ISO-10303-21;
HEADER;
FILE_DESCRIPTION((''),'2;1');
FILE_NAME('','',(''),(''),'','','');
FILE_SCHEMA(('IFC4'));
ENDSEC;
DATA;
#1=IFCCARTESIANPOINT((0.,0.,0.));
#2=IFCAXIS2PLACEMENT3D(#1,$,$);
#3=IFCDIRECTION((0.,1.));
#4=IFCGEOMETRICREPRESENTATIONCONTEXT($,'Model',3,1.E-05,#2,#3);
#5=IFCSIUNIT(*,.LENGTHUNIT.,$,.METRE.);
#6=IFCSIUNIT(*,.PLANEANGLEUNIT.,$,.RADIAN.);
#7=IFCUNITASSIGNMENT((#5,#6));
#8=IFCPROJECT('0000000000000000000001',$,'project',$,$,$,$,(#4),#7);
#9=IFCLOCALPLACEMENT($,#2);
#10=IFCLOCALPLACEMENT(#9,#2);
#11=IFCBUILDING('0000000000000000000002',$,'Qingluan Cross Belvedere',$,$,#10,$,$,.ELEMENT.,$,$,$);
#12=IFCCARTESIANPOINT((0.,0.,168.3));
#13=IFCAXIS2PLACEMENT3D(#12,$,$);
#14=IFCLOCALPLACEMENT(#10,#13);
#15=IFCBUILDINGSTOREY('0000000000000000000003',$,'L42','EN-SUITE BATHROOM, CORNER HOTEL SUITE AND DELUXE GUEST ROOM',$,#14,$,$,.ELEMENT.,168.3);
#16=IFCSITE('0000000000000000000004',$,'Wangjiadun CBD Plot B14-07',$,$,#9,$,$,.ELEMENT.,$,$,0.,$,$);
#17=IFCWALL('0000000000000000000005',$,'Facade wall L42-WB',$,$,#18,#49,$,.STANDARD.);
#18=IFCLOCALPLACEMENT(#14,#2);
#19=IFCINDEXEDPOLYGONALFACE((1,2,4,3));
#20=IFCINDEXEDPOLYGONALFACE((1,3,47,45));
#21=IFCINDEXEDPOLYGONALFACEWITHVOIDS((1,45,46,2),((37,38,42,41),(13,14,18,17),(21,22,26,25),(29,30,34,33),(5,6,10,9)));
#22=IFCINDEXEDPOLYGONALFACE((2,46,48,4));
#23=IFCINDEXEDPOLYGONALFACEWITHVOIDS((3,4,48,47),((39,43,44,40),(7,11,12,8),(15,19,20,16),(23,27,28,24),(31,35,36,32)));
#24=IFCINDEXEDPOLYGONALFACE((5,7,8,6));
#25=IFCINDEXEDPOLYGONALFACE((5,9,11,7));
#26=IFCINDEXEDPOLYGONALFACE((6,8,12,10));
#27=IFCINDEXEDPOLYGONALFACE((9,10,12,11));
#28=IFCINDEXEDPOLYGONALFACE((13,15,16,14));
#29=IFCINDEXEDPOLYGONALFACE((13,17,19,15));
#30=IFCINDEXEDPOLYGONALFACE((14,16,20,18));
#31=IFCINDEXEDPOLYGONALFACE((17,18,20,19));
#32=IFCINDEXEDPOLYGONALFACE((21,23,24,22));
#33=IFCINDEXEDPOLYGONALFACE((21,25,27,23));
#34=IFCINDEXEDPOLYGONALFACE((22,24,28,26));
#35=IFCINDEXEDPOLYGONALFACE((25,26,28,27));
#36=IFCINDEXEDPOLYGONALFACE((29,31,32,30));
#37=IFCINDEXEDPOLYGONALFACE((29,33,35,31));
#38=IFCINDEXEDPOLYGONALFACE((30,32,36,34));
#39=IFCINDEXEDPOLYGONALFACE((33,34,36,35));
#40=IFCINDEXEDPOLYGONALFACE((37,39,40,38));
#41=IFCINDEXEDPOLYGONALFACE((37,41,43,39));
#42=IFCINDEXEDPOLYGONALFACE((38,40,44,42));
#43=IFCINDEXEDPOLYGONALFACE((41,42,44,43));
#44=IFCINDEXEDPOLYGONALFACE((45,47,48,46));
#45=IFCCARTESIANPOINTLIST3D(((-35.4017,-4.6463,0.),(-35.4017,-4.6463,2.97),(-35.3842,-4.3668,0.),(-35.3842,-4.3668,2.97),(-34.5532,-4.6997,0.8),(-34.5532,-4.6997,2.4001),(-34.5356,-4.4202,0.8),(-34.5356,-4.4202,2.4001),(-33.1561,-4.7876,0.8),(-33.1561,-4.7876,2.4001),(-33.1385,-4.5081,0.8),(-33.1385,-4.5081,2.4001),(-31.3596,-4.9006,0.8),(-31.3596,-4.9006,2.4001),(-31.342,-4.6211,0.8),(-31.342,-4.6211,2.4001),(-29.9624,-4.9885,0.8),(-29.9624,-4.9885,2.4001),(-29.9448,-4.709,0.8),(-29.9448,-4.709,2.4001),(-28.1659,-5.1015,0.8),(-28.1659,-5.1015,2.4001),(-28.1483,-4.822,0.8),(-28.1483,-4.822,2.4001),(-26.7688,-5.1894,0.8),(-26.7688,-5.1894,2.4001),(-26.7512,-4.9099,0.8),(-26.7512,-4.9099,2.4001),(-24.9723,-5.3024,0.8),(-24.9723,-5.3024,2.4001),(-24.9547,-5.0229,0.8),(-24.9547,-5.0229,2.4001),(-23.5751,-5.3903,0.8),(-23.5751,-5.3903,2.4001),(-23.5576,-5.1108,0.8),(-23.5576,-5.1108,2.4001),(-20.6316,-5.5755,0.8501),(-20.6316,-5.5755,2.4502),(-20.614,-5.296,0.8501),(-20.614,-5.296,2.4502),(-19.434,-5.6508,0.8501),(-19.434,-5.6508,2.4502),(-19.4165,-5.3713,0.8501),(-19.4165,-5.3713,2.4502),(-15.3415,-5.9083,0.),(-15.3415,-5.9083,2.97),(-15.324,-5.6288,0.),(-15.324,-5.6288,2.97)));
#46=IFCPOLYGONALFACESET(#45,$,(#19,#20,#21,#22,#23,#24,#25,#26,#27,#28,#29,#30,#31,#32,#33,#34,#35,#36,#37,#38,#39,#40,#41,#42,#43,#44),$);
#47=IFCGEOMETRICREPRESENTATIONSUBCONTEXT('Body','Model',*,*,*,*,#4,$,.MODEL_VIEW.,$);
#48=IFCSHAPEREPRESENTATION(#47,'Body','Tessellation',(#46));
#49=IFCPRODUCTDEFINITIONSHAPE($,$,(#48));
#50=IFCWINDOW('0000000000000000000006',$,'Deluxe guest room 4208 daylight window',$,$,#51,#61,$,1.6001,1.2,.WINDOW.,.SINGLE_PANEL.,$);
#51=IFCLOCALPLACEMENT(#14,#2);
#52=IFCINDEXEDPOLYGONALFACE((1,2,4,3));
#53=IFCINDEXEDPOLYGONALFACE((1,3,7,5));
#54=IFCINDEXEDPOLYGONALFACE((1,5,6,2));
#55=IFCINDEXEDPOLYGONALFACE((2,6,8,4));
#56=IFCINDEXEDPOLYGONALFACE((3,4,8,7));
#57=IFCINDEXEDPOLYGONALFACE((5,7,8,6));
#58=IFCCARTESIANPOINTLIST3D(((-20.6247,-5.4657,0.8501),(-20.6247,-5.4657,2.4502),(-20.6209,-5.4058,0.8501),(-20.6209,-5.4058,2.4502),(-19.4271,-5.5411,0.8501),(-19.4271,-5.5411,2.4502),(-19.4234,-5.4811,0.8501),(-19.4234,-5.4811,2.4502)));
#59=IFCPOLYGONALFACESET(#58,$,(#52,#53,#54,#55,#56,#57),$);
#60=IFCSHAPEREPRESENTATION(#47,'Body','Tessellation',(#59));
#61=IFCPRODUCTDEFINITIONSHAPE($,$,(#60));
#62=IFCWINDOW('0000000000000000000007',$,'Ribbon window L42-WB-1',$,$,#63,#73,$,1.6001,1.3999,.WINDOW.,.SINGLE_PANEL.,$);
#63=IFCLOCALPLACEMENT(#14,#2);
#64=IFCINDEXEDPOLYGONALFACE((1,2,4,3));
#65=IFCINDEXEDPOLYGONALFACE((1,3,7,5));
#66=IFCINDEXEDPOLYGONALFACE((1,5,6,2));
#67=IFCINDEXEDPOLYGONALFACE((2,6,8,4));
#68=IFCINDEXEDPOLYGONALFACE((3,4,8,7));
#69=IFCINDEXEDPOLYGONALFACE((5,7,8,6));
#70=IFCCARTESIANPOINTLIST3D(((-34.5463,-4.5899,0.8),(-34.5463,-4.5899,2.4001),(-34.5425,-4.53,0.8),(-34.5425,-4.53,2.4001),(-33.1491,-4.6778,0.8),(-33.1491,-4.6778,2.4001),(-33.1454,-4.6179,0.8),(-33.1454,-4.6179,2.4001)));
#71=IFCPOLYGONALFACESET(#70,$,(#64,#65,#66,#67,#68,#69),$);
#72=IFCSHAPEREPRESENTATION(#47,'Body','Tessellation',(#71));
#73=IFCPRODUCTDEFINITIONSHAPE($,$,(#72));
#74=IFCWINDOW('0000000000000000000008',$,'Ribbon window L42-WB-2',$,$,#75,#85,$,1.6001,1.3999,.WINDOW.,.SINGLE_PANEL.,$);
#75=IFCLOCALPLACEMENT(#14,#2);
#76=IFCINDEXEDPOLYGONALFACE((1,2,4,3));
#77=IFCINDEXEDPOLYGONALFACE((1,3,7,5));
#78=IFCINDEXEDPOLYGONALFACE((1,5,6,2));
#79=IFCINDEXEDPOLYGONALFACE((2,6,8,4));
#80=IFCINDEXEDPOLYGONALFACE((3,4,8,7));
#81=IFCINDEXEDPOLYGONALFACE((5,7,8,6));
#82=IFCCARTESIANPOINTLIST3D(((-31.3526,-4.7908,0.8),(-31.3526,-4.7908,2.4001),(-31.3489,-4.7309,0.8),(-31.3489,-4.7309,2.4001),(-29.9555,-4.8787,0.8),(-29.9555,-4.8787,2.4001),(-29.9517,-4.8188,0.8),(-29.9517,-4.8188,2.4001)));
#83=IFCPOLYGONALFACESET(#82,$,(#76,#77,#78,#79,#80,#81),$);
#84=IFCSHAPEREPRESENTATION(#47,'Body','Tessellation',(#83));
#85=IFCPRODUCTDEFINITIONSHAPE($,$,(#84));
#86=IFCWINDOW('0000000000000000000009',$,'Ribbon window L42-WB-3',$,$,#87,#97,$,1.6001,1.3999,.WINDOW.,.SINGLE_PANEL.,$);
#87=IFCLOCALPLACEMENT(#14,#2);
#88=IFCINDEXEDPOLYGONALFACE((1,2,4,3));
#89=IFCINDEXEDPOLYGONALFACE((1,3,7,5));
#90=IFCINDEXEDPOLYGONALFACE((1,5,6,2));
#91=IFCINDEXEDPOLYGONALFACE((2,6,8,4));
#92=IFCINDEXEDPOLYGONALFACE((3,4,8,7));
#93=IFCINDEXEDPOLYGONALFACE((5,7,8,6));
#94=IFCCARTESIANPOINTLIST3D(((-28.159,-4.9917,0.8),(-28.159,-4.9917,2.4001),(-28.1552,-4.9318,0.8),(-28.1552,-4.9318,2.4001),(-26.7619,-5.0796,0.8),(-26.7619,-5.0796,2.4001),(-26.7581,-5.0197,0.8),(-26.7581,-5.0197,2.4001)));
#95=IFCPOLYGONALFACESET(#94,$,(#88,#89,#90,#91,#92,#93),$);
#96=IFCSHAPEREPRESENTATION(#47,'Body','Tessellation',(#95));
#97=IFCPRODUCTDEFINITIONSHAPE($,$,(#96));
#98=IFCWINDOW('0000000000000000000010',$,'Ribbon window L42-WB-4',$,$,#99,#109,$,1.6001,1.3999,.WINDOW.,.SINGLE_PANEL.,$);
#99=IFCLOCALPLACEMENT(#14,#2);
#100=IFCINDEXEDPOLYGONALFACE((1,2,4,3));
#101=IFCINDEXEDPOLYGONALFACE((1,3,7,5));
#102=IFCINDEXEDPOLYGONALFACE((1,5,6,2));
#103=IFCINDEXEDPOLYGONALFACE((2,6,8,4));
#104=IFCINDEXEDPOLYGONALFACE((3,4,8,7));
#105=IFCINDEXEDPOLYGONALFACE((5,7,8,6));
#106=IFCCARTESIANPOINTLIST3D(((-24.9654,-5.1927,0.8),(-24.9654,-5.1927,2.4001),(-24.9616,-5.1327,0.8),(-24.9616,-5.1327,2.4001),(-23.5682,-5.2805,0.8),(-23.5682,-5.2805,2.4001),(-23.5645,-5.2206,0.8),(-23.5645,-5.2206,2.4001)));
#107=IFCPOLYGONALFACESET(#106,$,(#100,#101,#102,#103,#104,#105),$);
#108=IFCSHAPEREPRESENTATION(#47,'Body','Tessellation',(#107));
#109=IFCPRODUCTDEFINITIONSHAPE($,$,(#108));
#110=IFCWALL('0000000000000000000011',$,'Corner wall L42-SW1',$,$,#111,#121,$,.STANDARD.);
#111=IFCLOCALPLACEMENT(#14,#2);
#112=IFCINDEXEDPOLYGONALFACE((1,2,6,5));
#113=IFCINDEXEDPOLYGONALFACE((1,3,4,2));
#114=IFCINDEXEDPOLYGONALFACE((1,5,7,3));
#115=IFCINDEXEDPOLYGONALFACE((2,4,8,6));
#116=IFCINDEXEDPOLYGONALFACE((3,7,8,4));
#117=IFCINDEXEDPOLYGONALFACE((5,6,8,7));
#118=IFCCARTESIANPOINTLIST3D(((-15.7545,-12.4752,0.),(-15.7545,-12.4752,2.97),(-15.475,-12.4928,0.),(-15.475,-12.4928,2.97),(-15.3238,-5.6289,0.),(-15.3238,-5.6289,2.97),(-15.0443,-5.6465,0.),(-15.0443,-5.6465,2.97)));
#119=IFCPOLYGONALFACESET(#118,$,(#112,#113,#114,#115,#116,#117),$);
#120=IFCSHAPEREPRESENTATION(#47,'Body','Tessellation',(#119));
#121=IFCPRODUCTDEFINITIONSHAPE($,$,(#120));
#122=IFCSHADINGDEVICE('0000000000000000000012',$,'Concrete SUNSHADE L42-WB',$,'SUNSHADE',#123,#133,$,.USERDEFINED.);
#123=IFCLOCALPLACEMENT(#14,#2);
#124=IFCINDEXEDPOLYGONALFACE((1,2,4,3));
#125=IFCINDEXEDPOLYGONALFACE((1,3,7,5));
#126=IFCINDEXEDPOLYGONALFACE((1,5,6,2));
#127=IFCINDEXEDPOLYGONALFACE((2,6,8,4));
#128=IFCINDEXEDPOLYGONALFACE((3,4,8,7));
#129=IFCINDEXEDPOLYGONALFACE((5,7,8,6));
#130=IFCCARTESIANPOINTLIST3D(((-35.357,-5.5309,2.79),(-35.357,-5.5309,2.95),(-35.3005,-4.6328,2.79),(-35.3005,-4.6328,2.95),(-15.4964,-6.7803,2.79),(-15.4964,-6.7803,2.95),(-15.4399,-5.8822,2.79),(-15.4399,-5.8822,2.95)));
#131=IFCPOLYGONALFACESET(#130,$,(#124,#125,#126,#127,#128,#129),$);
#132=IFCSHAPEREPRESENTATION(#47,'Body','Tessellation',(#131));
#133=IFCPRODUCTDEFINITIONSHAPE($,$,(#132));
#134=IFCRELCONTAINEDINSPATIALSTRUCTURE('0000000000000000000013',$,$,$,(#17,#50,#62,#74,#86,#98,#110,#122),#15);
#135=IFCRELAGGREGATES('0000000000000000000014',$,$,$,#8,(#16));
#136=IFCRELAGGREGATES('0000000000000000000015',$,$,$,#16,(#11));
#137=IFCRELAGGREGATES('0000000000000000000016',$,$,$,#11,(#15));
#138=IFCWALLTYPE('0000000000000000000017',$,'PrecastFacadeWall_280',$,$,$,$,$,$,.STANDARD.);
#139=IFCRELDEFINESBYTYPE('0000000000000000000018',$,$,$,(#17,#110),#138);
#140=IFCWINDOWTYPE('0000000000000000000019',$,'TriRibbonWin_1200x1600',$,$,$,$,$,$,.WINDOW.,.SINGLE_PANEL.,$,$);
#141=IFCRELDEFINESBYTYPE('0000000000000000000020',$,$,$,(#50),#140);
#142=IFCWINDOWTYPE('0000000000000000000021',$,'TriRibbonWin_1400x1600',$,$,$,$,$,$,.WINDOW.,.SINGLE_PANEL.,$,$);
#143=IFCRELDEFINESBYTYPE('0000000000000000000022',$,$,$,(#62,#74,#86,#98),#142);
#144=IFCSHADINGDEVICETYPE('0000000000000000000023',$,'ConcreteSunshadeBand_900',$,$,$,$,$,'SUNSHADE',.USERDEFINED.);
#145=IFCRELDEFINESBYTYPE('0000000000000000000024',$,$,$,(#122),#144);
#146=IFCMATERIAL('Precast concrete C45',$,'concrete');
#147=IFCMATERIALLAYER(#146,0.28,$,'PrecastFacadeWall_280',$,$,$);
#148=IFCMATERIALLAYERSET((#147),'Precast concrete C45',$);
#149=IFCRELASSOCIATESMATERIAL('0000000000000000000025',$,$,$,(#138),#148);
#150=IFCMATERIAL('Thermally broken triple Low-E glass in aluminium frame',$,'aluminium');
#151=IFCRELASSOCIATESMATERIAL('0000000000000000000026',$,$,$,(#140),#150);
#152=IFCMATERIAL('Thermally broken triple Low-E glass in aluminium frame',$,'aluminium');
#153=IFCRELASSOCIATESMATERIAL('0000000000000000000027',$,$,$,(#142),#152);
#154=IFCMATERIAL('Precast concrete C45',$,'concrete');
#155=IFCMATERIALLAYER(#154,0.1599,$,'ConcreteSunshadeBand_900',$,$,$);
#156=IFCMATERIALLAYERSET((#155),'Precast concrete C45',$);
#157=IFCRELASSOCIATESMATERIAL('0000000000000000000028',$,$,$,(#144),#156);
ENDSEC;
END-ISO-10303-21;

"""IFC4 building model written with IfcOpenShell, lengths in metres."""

from ifc_helpers import new_model, si_unit, direction, frame, frame_2d, origin, origin_2d, place, context, subcontext, project, spatial, rectangle, extrude, material, layer, layer_set, type_object, element, fill, save


model = new_model("IFC4")

# Units and contexts
model_context = context("Model", 3, precision=1e-05, world=origin(), true_north=direction((0.0, 1.0)))
body_context = subcontext(model_context, "Body", "Model", "MODEL_VIEW")
ifc_project = project(units=[si_unit("LENGTHUNIT", "METRE"), si_unit("PLANEANGLEUNIT", "RADIAN")], contexts=[model_context])

# Site, building, storey
site_placement = place(None, origin())
site = spatial("IfcSite", under=ifc_project, at=site_placement, Name="Wangjiadun CBD Plot B14-07", CompositionType="ELEMENT", RefElevation=0.0)
building_placement = place(site_placement, origin())
building = spatial("IfcBuilding", under=site, at=building_placement, Name="Qingluan Cross Belvedere", CompositionType="ELEMENT")
storey_placement = place(building_placement, frame((0.0, 0.0, 168.3)))
storey = spatial("IfcBuildingStorey", under=building, at=storey_placement, Name="L42", Description="EN-SUITE BATHROOM, CORNER HOTEL SUITE AND DELUXE GUEST ROOM", CompositionType="ELEMENT", Elevation=168.3)

# Wall, openings, windows
ifc_material_1 = material(Name="Precast concrete C45", Category="concrete")
ifc_layer_1 = layer(ifc_material_1, 0.28, Name="PrecastFacadeWall_280")
ifc_layer_set_1 = layer_set([ifc_layer_1], Name="Precast concrete C45")
wall_type_1 = type_object("IfcWallType", Name="PrecastFacadeWall_280", PredefinedType="STANDARD", material=ifc_layer_set_1)
wall_1_placement = place(storey_placement, frame((-35.3928, -4.5066, 0.0), z_axis=(0.0, 0.0, 1.0), x_axis=(0.998027, -0.062784, 0.0)))
wall_1 = element("IfcWall", 1, at=wall_1_placement, inside=storey, type_object=wall_type_1, Name="Facade wall L42-WB", PredefinedType="STANDARD", context=body_context, shape_type="SweptSolid", body=[
    extrude(rectangle(XDim=20.0999, YDim=0.28, at=frame_2d((10.0498, 0.0))), origin(), (0.0, 0.0, 1.0), 2.97),
])
opening_1_placement = place(wall_1_placement, frame((0.8501, 0.0, 0.8)))
opening_1 = element("IfcOpeningElement", 2, at=opening_1_placement, cuts=wall_1, PredefinedType="OPENING", context=body_context, shape_type="SweptSolid", body=[
    extrude(rectangle(XDim=1.3999, YDim=1.6001, at=frame_2d((0.7, 0.8))), frame((0.0, 0.1499, 0.0), z_axis=(0.0, -1.0, 0.0), x_axis=(1.0, 0.0, 0.0)), (0.0, 0.0, 1.0), 0.3),
])
opening_2_placement = place(wall_1_placement, frame((4.05, 0.0, 0.8)))
opening_2 = element("IfcOpeningElement", 3, at=opening_2_placement, cuts=wall_1, PredefinedType="OPENING", context=body_context, shape_type="SweptSolid", body=[
    extrude(rectangle(XDim=1.3999, YDim=1.6001, at=frame_2d((0.7, 0.8))), frame((0.0, 0.1499, 0.0), z_axis=(0.0, -1.0, 0.0), x_axis=(1.0, 0.0, 0.0)), (0.0, 0.0, 1.0), 0.3),
])
opening_3_placement = place(wall_1_placement, frame((7.25, 0.0, 0.8)))
opening_3 = element("IfcOpeningElement", 4, at=opening_3_placement, cuts=wall_1, PredefinedType="OPENING", context=body_context, shape_type="SweptSolid", body=[
    extrude(rectangle(XDim=1.3999, YDim=1.6001, at=frame_2d((0.7, 0.8))), frame((0.0, 0.1499, 0.0), z_axis=(0.0, -1.0, 0.0), x_axis=(1.0, 0.0, 0.0)), (0.0, 0.0, 1.0), 0.3),
])
opening_4_placement = place(wall_1_placement, frame((10.45, 0.0, 0.8)))
opening_4 = element("IfcOpeningElement", 5, at=opening_4_placement, cuts=wall_1, PredefinedType="OPENING", context=body_context, shape_type="SweptSolid", body=[
    extrude(rectangle(XDim=1.3999, YDim=1.6001, at=frame_2d((0.7, 0.8))), frame((0.0, 0.1499, 0.0), z_axis=(0.0, -1.0, 0.0), x_axis=(1.0, 0.0, 0.0)), (0.0, 0.0, 1.0), 0.3),
])
opening_5_placement = place(wall_1_placement, frame((14.7991, 0.0, 0.8501)))
opening_5 = element("IfcOpeningElement", 6, at=opening_5_placement, cuts=wall_1, PredefinedType="OPENING", context=body_context, shape_type="SweptSolid", body=[
    extrude(rectangle(XDim=1.2, YDim=1.6001, at=frame_2d((0.6001, 0.8))), frame((0.0, 0.1499, 0.0), z_axis=(0.0, -1.0, 0.0), x_axis=(1.0, 0.0, 0.0)), (0.0, 0.0, 1.0), 0.3),
])
ifc_material_2 = material(Name="Thermally broken triple Low-E glass in aluminium frame", Category="aluminium")
window_type_1 = type_object("IfcWindowType", Name="TriRibbonWin_1200x1600", PartitioningType="SINGLE_PANEL", PredefinedType="WINDOW", material=ifc_material_2)
window_1_placement = place(opening_5_placement, origin())
window_1 = element("IfcWindow", 7, at=window_1_placement, inside=storey, type_object=window_type_1, Name="Deluxe guest room 4208 daylight window", OverallHeight=1.6001, OverallWidth=1.2, PartitioningType="SINGLE_PANEL", PredefinedType="WINDOW", context=body_context, shape_type="SweptSolid", body=[
    extrude(rectangle(XDim=1.2, YDim=1.6001, at=frame_2d((0.6001, 0.8))), frame((0.0, 0.03, 0.0), z_axis=(0.0, -1.0, 0.0), x_axis=(1.0, 0.0, 0.0)), (0.0, 0.0, 1.0), 0.0601),
])
fill(opening_5, window_1)
ifc_material_3 = material(Name="Thermally broken triple Low-E glass in aluminium frame", Category="aluminium")
window_type_2 = type_object("IfcWindowType", Name="TriRibbonWin_1400x1600", PartitioningType="SINGLE_PANEL", PredefinedType="WINDOW", material=ifc_material_3)
window_2_placement = place(opening_1_placement, origin())
window_2 = element("IfcWindow", 8, at=window_2_placement, inside=storey, type_object=window_type_2, Name="Ribbon window L42-WB-1", OverallHeight=1.6001, OverallWidth=1.3999, PartitioningType="SINGLE_PANEL", PredefinedType="WINDOW", context=body_context, shape_type="SweptSolid", body=[
    extrude(rectangle(XDim=1.3999, YDim=1.6001, at=frame_2d((0.7, 0.8))), frame((0.0, 0.03, 0.0), z_axis=(0.0, -1.0, 0.0), x_axis=(1.0, 0.0, 0.0)), (0.0, 0.0, 1.0), 0.0601),
])
fill(opening_1, window_2)
window_3_placement = place(opening_2_placement, origin())
window_3 = element("IfcWindow", 9, at=window_3_placement, inside=storey, type_object=window_type_2, Name="Ribbon window L42-WB-2", OverallHeight=1.6001, OverallWidth=1.3999, PartitioningType="SINGLE_PANEL", PredefinedType="WINDOW", context=body_context, shape_type="SweptSolid", body=[
    extrude(rectangle(XDim=1.3999, YDim=1.6001, at=frame_2d((0.7, 0.8))), frame((0.0, 0.03, 0.0), z_axis=(0.0, -1.0, 0.0), x_axis=(1.0, 0.0, 0.0)), (0.0, 0.0, 1.0), 0.0601),
])
fill(opening_2, window_3)
window_4_placement = place(opening_3_placement, origin())
window_4 = element("IfcWindow", 10, at=window_4_placement, inside=storey, type_object=window_type_2, Name="Ribbon window L42-WB-3", OverallHeight=1.6001, OverallWidth=1.3999, PartitioningType="SINGLE_PANEL", PredefinedType="WINDOW", context=body_context, shape_type="SweptSolid", body=[
    extrude(rectangle(XDim=1.3999, YDim=1.6001, at=frame_2d((0.7, 0.8))), frame((0.0, 0.03, 0.0), z_axis=(0.0, -1.0, 0.0), x_axis=(1.0, 0.0, 0.0)), (0.0, 0.0, 1.0), 0.0601),
])
fill(opening_3, window_4)
window_5_placement = place(opening_4_placement, origin())
window_5 = element("IfcWindow", 11, at=window_5_placement, inside=storey, type_object=window_type_2, Name="Ribbon window L42-WB-4", OverallHeight=1.6001, OverallWidth=1.3999, PartitioningType="SINGLE_PANEL", PredefinedType="WINDOW", context=body_context, shape_type="SweptSolid", body=[
    extrude(rectangle(XDim=1.3999, YDim=1.6001, at=frame_2d((0.7, 0.8))), frame((0.0, 0.03, 0.0), z_axis=(0.0, -1.0, 0.0), x_axis=(1.0, 0.0, 0.0)), (0.0, 0.0, 1.0), 0.0601),
])
fill(opening_4, window_5)

# Wall
wall_2_placement = place(storey_placement, frame((-15.1841, -5.6377, 0.0), z_axis=(0.0, 0.0, 1.0), x_axis=(-0.062779, -0.998027, 0.0)))
element("IfcWall", 12, at=wall_2_placement, inside=storey, type_object=wall_type_1, Name="Corner wall L42-SW1", PredefinedType="STANDARD", context=body_context, shape_type="SweptSolid", body=[
    extrude(rectangle(XDim=6.8599, YDim=0.28, at=frame_2d((3.4299, 0.0))), origin(), (0.0, 0.0, 1.0), 2.97),
])

# Shading device
ifc_material_4 = material(Name="Precast concrete C45", Category="concrete")
ifc_layer_2 = layer(ifc_material_4, 0.1599, Name="ConcreteSunshadeBand_900")
ifc_layer_set_2 = layer_set([ifc_layer_2], Name="Precast concrete C45")
shading_device_type = type_object("IfcShadingDeviceType", Name="ConcreteSunshadeBand_900", ElementType="SUNSHADE", PredefinedType="USERDEFINED", material=ifc_layer_set_2)
shading_device_placement = place(storey_placement, frame((-25.3984, -5.7065, 2.79), z_axis=(0.0, 0.0, 1.0), x_axis=(0.998027, -0.062786, 0.0)))
element("IfcShadingDevice", 13, at=shading_device_placement, inside=storey, type_object=shading_device_type, Name="Concrete SUNSHADE L42-WB", ObjectType="SUNSHADE", PredefinedType="USERDEFINED", context=body_context, shape_type="SweptSolid", body=[
    extrude(rectangle(XDim=19.8999, YDim=0.8999, at=origin_2d()), origin(), (0.0, 0.0, 1.0), 0.1599),
])

save(model, "model.ifc")
